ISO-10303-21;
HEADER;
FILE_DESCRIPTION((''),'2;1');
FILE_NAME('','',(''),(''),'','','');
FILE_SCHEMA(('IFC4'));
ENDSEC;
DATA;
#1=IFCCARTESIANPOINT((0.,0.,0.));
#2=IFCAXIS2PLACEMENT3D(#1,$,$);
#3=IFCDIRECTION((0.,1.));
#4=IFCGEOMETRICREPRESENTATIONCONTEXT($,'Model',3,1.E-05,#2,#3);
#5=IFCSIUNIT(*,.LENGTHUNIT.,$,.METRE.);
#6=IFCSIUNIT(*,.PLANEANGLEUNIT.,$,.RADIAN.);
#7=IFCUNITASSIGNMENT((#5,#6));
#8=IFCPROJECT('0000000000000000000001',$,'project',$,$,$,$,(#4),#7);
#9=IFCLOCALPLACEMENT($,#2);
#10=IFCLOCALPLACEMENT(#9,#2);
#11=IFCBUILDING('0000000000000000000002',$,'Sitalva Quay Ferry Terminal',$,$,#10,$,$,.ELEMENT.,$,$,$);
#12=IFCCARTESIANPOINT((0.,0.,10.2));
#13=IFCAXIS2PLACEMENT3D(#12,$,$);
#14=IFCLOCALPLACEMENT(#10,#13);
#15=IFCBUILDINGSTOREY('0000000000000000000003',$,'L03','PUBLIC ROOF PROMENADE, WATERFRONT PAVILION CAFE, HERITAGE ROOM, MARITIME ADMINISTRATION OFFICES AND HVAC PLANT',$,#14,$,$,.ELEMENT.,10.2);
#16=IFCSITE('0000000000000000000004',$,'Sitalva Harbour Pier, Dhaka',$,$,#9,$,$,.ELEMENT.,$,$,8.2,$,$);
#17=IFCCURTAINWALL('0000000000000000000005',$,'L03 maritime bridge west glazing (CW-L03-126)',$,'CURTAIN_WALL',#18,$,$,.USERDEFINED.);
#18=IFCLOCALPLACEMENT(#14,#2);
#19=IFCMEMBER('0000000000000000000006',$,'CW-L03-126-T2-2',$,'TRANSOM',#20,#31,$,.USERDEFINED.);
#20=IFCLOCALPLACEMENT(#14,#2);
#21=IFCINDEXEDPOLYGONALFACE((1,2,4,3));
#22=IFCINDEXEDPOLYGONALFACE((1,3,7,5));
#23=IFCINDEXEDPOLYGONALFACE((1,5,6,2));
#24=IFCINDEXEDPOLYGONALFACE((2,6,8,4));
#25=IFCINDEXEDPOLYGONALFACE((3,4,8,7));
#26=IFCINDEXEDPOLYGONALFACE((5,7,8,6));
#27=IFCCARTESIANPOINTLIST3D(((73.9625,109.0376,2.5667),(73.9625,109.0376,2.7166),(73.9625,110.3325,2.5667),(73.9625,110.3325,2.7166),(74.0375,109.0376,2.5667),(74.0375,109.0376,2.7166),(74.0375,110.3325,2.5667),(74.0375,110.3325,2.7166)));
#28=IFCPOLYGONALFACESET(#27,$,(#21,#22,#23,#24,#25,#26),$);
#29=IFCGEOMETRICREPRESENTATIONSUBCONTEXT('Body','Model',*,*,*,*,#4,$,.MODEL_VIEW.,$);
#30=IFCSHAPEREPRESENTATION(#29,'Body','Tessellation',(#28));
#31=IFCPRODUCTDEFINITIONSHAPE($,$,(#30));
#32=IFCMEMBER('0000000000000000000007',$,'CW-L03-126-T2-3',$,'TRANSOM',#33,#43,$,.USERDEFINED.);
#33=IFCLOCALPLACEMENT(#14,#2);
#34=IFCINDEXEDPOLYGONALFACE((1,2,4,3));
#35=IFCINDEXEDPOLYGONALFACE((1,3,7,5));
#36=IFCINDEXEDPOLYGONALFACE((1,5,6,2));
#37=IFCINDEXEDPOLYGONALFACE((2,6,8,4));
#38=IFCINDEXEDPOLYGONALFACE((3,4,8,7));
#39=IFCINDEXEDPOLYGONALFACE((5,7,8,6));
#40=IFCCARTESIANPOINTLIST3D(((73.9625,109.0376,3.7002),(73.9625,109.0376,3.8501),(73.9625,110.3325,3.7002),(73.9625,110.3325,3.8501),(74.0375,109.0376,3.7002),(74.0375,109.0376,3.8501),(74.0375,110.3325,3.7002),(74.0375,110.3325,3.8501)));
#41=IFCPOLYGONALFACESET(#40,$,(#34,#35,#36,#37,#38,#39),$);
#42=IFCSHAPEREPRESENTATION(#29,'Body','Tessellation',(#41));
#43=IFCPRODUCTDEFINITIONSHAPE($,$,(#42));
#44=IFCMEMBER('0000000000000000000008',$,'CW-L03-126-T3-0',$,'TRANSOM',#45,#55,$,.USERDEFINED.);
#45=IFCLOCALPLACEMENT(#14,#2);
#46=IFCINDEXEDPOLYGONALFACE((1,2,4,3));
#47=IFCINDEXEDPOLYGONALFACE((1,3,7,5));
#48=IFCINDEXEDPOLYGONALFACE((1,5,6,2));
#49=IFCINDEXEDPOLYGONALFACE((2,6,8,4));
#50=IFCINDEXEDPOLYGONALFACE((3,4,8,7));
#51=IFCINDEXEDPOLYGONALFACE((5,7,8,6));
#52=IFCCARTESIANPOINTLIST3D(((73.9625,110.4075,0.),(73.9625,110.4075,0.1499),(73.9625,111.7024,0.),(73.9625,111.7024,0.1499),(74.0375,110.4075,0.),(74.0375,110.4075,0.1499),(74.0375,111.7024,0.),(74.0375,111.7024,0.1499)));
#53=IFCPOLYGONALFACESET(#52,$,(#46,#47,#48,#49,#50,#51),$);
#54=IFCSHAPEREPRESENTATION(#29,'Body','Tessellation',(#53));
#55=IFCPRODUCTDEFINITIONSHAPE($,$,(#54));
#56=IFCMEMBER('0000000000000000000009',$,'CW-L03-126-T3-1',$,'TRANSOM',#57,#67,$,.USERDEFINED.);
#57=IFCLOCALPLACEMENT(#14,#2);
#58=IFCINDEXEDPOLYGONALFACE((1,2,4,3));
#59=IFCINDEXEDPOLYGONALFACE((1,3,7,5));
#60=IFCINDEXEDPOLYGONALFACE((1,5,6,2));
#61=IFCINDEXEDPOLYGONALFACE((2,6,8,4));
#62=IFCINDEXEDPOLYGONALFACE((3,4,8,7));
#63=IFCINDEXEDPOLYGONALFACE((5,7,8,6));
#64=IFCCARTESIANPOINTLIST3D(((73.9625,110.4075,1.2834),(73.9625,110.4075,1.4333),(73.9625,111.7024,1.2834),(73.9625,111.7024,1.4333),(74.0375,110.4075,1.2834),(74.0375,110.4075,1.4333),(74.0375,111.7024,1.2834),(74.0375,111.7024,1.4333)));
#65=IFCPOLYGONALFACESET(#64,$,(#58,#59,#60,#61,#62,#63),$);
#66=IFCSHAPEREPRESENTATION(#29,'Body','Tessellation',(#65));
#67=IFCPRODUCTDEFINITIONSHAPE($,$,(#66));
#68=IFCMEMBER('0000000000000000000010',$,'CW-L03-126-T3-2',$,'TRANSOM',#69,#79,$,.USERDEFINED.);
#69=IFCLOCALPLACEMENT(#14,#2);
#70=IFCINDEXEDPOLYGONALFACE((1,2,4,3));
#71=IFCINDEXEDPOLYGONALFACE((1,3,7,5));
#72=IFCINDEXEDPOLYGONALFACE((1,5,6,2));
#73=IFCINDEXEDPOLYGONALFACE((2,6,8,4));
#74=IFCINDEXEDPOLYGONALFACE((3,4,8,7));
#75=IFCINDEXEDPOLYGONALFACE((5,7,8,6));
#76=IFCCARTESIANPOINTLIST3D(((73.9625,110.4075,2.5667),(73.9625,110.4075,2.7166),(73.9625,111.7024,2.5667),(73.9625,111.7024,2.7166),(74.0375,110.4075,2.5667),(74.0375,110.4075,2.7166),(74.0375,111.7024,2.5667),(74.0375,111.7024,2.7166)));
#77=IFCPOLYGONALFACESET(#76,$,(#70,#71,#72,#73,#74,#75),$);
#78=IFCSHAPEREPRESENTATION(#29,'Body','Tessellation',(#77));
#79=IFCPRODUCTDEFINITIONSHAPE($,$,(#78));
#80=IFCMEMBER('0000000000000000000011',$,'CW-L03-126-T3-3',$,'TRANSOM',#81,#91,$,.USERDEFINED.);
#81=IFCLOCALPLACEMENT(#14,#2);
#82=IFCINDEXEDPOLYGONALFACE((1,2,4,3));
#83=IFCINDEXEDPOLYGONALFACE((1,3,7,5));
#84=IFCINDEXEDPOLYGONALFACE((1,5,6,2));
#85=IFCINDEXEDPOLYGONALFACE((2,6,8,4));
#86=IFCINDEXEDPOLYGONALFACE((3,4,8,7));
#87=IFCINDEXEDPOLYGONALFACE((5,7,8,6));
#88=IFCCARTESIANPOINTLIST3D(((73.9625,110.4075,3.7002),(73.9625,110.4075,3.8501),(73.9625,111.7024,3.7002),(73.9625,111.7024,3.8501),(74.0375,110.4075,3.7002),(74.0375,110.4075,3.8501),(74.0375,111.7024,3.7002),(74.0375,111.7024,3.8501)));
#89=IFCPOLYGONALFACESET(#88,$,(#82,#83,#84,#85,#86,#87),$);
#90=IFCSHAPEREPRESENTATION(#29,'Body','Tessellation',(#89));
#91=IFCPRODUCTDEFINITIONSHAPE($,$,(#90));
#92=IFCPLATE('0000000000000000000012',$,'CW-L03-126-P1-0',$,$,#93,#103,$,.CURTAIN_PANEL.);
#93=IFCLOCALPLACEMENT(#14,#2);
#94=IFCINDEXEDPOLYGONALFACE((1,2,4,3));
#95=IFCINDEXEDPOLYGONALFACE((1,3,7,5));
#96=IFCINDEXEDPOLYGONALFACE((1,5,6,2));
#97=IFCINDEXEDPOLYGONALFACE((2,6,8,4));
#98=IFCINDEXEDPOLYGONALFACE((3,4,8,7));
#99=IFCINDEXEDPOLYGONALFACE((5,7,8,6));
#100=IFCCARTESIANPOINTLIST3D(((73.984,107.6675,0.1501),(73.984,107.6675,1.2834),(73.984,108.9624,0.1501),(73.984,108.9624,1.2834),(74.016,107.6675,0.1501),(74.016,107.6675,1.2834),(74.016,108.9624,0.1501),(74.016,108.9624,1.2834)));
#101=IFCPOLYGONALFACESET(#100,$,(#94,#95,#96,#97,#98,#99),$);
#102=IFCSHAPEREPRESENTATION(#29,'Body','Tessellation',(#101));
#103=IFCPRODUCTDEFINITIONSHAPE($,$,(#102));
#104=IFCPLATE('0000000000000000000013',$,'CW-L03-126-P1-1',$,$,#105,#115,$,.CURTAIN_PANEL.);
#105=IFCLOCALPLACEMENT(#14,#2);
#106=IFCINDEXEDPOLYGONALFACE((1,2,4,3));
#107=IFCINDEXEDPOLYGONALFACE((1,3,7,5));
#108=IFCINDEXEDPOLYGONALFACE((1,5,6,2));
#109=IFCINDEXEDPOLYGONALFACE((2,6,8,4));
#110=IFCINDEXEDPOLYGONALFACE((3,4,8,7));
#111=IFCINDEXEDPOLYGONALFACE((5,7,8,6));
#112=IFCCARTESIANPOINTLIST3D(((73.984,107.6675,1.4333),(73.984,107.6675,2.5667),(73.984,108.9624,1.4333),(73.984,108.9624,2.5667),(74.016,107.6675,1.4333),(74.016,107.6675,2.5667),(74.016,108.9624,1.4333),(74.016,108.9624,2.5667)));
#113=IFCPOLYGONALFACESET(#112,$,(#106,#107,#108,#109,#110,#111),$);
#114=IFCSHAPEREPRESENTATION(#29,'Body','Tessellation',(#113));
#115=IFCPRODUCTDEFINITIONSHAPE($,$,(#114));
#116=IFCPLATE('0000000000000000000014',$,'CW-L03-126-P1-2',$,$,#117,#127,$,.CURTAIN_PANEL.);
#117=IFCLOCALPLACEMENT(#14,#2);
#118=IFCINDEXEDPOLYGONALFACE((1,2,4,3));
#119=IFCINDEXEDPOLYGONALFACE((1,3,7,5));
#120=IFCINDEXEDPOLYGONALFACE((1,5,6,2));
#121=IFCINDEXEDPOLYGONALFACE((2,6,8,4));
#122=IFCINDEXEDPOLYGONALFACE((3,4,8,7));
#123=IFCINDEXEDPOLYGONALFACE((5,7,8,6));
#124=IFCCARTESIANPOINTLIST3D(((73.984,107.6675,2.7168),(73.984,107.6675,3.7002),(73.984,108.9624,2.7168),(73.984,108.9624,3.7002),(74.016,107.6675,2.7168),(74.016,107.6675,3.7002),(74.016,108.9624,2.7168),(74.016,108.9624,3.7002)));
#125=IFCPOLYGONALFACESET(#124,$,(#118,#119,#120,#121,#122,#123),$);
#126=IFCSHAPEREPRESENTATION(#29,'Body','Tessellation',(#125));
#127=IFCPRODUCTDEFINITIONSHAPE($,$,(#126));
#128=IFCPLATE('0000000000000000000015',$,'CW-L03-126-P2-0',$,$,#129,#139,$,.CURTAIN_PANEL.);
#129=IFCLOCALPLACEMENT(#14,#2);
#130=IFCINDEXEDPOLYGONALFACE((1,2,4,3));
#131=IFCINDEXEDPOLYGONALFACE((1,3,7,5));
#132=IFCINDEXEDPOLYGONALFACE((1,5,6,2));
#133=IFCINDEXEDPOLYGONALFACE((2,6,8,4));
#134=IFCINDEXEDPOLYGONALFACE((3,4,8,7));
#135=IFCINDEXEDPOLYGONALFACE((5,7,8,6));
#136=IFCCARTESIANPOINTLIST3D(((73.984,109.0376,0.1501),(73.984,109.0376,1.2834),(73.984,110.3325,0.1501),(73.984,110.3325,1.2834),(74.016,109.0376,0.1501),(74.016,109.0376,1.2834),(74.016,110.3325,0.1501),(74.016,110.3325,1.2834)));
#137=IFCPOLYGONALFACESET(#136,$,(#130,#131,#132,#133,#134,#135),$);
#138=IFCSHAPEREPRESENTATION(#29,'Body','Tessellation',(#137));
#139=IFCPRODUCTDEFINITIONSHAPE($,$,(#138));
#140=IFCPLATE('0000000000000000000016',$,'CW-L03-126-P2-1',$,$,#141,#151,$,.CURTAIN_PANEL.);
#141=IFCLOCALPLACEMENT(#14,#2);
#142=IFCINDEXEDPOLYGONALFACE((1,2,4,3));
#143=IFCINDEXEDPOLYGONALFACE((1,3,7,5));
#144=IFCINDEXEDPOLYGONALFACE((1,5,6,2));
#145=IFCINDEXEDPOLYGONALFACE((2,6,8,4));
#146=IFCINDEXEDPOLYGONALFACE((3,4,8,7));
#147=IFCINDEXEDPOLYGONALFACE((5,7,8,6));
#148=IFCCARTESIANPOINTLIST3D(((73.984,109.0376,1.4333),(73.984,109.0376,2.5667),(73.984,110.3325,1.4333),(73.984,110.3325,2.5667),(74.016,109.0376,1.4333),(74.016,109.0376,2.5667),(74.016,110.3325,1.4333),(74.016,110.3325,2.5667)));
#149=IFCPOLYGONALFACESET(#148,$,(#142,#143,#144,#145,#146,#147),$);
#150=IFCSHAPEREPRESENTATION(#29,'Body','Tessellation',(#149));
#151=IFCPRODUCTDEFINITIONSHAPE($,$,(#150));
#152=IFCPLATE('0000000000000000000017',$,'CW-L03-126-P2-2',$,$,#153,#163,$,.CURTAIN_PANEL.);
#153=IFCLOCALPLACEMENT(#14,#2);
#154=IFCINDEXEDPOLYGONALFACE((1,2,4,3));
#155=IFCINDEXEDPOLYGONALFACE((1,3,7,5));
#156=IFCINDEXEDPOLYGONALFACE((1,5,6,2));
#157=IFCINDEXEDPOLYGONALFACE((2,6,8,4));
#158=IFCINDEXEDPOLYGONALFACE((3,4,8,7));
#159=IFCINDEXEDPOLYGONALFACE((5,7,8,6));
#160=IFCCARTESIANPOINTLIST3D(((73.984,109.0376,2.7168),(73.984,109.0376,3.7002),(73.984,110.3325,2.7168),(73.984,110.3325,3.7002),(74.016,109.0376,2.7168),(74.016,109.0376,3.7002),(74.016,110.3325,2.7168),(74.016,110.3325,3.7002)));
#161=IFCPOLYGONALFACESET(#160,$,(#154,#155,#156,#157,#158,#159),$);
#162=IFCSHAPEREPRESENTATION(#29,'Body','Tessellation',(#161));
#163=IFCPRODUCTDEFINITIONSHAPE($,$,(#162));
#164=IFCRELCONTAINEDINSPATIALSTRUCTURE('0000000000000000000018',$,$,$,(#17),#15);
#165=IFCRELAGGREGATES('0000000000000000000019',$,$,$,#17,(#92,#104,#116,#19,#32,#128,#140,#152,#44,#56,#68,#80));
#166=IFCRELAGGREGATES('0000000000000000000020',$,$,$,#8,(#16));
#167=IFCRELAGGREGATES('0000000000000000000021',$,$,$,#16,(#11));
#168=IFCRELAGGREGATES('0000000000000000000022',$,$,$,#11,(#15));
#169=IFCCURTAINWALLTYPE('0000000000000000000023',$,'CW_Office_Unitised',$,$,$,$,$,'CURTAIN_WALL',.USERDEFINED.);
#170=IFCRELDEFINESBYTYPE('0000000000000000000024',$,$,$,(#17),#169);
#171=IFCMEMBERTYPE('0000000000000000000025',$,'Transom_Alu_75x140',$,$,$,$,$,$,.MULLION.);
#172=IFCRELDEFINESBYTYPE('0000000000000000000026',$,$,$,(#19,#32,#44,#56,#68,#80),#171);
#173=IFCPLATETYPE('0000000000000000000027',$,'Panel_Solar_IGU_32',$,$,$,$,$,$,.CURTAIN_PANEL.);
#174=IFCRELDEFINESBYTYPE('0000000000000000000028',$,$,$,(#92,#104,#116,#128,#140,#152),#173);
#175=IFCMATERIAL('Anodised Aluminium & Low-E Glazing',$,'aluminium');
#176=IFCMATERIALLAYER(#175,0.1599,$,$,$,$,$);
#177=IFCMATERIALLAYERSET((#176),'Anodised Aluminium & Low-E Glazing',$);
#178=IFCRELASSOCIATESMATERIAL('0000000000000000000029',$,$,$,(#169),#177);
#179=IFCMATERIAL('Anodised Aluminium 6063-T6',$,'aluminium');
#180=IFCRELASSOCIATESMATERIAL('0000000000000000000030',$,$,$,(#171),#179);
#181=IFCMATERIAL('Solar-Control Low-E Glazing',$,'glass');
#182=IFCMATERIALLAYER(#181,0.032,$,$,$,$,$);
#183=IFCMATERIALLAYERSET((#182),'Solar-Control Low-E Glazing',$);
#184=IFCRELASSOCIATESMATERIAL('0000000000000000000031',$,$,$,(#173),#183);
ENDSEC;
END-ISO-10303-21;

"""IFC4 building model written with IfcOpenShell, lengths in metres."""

from ifc_helpers import new_model, si_unit, direction, frame, origin, origin_2d, place, context, subcontext, project, spatial, rectangle, extrude, material, layer, layer_set, material_profile, profile_set, type_object, element, aggregate, save


model = new_model("IFC4")

# Units and contexts
model_context = context("Model", 3, precision=1e-05, world=origin(), true_north=direction((0.0, 1.0)))
body_context = subcontext(model_context, "Body", "Model", "MODEL_VIEW")
ifc_project = project(units=[si_unit("LENGTHUNIT", "METRE"), si_unit("PLANEANGLEUNIT", "RADIAN")], contexts=[model_context])

# Site, building, storey
site_placement = place(None, origin())
site = spatial("IfcSite", under=ifc_project, at=site_placement, Name="Sitalva Harbour Pier, Dhaka", CompositionType="ELEMENT", RefElevation=8.2)
building_placement = place(site_placement, origin())
building = spatial("IfcBuilding", under=site, at=building_placement, Name="Sitalva Quay Ferry Terminal", CompositionType="ELEMENT")
storey_placement = place(building_placement, frame((0.0, 0.0, 10.2)))
storey = spatial("IfcBuildingStorey", under=building, at=storey_placement, Name="L03", Description="PUBLIC ROOF PROMENADE, WATERFRONT PAVILION CAFE, HERITAGE ROOM, MARITIME ADMINISTRATION OFFICES AND HVAC PLANT", CompositionType="ELEMENT", Elevation=10.2)

# Curtain wall, members, plates
ifc_material_1 = material(Name="Anodised Aluminium & Low-E Glazing", Category="aluminium")
ifc_layer_1 = layer(ifc_material_1, 0.1599)
ifc_layer_set_1 = layer_set([ifc_layer_1], Name="Anodised Aluminium & Low-E Glazing")
curtain_wall_type = type_object("IfcCurtainWallType", Name="CW_Office_Unitised", ElementType="CURTAIN_WALL", PredefinedType="USERDEFINED", material=ifc_layer_set_1)
curtain_wall_placement = place(storey_placement, origin())
curtain_wall = element("IfcCurtainWall", 1, at=curtain_wall_placement, inside=storey, type_object=curtain_wall_type, Name="L03 maritime bridge west glazing (CW-L03-126)", ObjectType="CURTAIN_WALL", PredefinedType="USERDEFINED")
ifc_material_2 = material(Name="Anodised Aluminium 6063-T6", Category="aluminium")
ifc_material_profile_1 = material_profile(ifc_material_2, rectangle(XDim=0.075, YDim=0.1499, at=origin_2d()), Name="ALU75x150")
ifc_profile_set_1 = profile_set([ifc_material_profile_1], Name="Anodised Aluminium 6063-T6")
member_type_1 = type_object("IfcMemberType", Name="Transom_Alu_75x140", PredefinedType="MULLION", material=ifc_profile_set_1)
member_1_placement = place(storey_placement, frame((74.0, 109.0376, 2.6416), z_axis=(0.0, 1.0, 0.0), x_axis=(-1.0, 0.0, 0.0)))
member_1 = element("IfcMember", 2, at=member_1_placement, type_object=member_type_1, Name="CW-L03-126-T2-2", ObjectType="TRANSOM", PredefinedType="USERDEFINED", context=body_context, shape_type="SweptSolid", body=[
    extrude(rectangle(XDim=0.075, YDim=0.1499, at=origin_2d()), origin(), (0.0, 0.0, 1.0), 1.2949),
])
member_2_placement = place(storey_placement, frame((74.0, 109.0376, 3.7751), z_axis=(0.0, 1.0, 0.0), x_axis=(-1.0, 0.0, 0.0)))
member_2 = element("IfcMember", 3, at=member_2_placement, type_object=member_type_1, Name="CW-L03-126-T2-3", ObjectType="TRANSOM", PredefinedType="USERDEFINED", context=body_context, shape_type="SweptSolid", body=[
    extrude(rectangle(XDim=0.075, YDim=0.1499, at=origin_2d()), origin(), (0.0, 0.0, 1.0), 1.2949),
])
member_3_placement = place(storey_placement, frame((74.0, 110.4075, 0.075), z_axis=(0.0, 1.0, 0.0), x_axis=(-1.0, 0.0, 0.0)))
member_3 = element("IfcMember", 4, at=member_3_placement, type_object=member_type_1, Name="CW-L03-126-T3-0", ObjectType="TRANSOM", PredefinedType="USERDEFINED", context=body_context, shape_type="SweptSolid", body=[
    extrude(rectangle(XDim=0.075, YDim=0.1499, at=origin_2d()), origin(), (0.0, 0.0, 1.0), 1.2949),
])
member_4_placement = place(storey_placement, frame((74.0, 110.4075, 1.3584), z_axis=(0.0, 1.0, 0.0), x_axis=(-1.0, 0.0, 0.0)))
member_4 = element("IfcMember", 5, at=member_4_placement, type_object=member_type_1, Name="CW-L03-126-T3-1", ObjectType="TRANSOM", PredefinedType="USERDEFINED", context=body_context, shape_type="SweptSolid", body=[
    extrude(rectangle(XDim=0.075, YDim=0.1499, at=origin_2d()), origin(), (0.0, 0.0, 1.0), 1.2949),
])
member_5_placement = place(storey_placement, frame((74.0, 110.4075, 2.6416), z_axis=(0.0, 1.0, 0.0), x_axis=(-1.0, 0.0, 0.0)))
member_5 = element("IfcMember", 6, at=member_5_placement, type_object=member_type_1, Name="CW-L03-126-T3-2", ObjectType="TRANSOM", PredefinedType="USERDEFINED", context=body_context, shape_type="SweptSolid", body=[
    extrude(rectangle(XDim=0.075, YDim=0.1499, at=origin_2d()), origin(), (0.0, 0.0, 1.0), 1.2949),
])
member_6_placement = place(storey_placement, frame((74.0, 110.4075, 3.7751), z_axis=(0.0, 1.0, 0.0), x_axis=(-1.0, 0.0, 0.0)))
member_6 = element("IfcMember", 7, at=member_6_placement, type_object=member_type_1, Name="CW-L03-126-T3-3", ObjectType="TRANSOM", PredefinedType="USERDEFINED", context=body_context, shape_type="SweptSolid", body=[
    extrude(rectangle(XDim=0.075, YDim=0.1499, at=origin_2d()), origin(), (0.0, 0.0, 1.0), 1.2949),
])
ifc_material_3 = material(Name="Solar-Control Low-E Glazing", Category="glass")
ifc_layer_2 = layer(ifc_material_3, 0.032)
ifc_layer_set_2 = layer_set([ifc_layer_2], Name="Solar-Control Low-E Glazing")
plate_type = type_object("IfcPlateType", Name="Panel_Solar_IGU_32", PredefinedType="CURTAIN_PANEL", material=ifc_layer_set_2)
plate_1_placement = place(storey_placement, frame((74.0, 108.3149, 0.1501), z_axis=(0.0, 0.0, 1.0), x_axis=(0.0, 1.0, 0.0)))
plate_1 = element("IfcPlate", 8, at=plate_1_placement, type_object=plate_type, Name="CW-L03-126-P1-0", PredefinedType="CURTAIN_PANEL", context=body_context, shape_type="SweptSolid", body=[
    extrude(rectangle(XDim=1.2949, YDim=0.032, at=origin_2d()), origin(), (0.0, 0.0, 1.0), 1.1333),
])
plate_2_placement = place(storey_placement, frame((74.0, 108.3149, 1.4333), z_axis=(0.0, 0.0, 1.0), x_axis=(0.0, 1.0, 0.0)))
plate_2 = element("IfcPlate", 9, at=plate_2_placement, type_object=plate_type, Name="CW-L03-126-P1-1", PredefinedType="CURTAIN_PANEL", context=body_context, shape_type="SweptSolid", body=[
    extrude(rectangle(XDim=1.2949, YDim=0.032, at=origin_2d()), origin(), (0.0, 0.0, 1.0), 1.1333),
])
plate_3_placement = place(storey_placement, frame((74.0, 108.3149, 2.7168), z_axis=(0.0, 0.0, 1.0), x_axis=(0.0, 1.0, 0.0)))
plate_3 = element("IfcPlate", 10, at=plate_3_placement, type_object=plate_type, Name="CW-L03-126-P1-2", PredefinedType="CURTAIN_PANEL", context=body_context, shape_type="SweptSolid", body=[
    extrude(rectangle(XDim=1.2949, YDim=0.032, at=origin_2d()), origin(), (0.0, 0.0, 1.0), 0.9834),
])
plate_4_placement = place(storey_placement, frame((74.0, 109.6851, 0.1501), z_axis=(0.0, 0.0, 1.0), x_axis=(0.0, 1.0, 0.0)))
plate_4 = element("IfcPlate", 11, at=plate_4_placement, type_object=plate_type, Name="CW-L03-126-P2-0", PredefinedType="CURTAIN_PANEL", context=body_context, shape_type="SweptSolid", body=[
    extrude(rectangle(XDim=1.2949, YDim=0.032, at=origin_2d()), origin(), (0.0, 0.0, 1.0), 1.1333),
])
plate_5_placement = place(storey_placement, frame((74.0, 109.6851, 1.4333), z_axis=(0.0, 0.0, 1.0), x_axis=(0.0, 1.0, 0.0)))
plate_5 = element("IfcPlate", 12, at=plate_5_placement, type_object=plate_type, Name="CW-L03-126-P2-1", PredefinedType="CURTAIN_PANEL", context=body_context, shape_type="SweptSolid", body=[
    extrude(rectangle(XDim=1.2949, YDim=0.032, at=origin_2d()), origin(), (0.0, 0.0, 1.0), 1.1333),
])
plate_6_placement = place(storey_placement, frame((74.0, 109.6851, 2.7168), z_axis=(0.0, 0.0, 1.0), x_axis=(0.0, 1.0, 0.0)))
plate_6 = element("IfcPlate", 13, at=plate_6_placement, type_object=plate_type, Name="CW-L03-126-P2-2", PredefinedType="CURTAIN_PANEL", context=body_context, shape_type="SweptSolid", body=[
    extrude(rectangle(XDim=1.2949, YDim=0.032, at=origin_2d()), origin(), (0.0, 0.0, 1.0), 0.9834),
])
aggregate(curtain_wall, [plate_1, plate_2, plate_3, member_1, member_2, plate_4, plate_5, plate_6, member_3, member_4, member_5, member_6])

save(model, "model.ifc")
